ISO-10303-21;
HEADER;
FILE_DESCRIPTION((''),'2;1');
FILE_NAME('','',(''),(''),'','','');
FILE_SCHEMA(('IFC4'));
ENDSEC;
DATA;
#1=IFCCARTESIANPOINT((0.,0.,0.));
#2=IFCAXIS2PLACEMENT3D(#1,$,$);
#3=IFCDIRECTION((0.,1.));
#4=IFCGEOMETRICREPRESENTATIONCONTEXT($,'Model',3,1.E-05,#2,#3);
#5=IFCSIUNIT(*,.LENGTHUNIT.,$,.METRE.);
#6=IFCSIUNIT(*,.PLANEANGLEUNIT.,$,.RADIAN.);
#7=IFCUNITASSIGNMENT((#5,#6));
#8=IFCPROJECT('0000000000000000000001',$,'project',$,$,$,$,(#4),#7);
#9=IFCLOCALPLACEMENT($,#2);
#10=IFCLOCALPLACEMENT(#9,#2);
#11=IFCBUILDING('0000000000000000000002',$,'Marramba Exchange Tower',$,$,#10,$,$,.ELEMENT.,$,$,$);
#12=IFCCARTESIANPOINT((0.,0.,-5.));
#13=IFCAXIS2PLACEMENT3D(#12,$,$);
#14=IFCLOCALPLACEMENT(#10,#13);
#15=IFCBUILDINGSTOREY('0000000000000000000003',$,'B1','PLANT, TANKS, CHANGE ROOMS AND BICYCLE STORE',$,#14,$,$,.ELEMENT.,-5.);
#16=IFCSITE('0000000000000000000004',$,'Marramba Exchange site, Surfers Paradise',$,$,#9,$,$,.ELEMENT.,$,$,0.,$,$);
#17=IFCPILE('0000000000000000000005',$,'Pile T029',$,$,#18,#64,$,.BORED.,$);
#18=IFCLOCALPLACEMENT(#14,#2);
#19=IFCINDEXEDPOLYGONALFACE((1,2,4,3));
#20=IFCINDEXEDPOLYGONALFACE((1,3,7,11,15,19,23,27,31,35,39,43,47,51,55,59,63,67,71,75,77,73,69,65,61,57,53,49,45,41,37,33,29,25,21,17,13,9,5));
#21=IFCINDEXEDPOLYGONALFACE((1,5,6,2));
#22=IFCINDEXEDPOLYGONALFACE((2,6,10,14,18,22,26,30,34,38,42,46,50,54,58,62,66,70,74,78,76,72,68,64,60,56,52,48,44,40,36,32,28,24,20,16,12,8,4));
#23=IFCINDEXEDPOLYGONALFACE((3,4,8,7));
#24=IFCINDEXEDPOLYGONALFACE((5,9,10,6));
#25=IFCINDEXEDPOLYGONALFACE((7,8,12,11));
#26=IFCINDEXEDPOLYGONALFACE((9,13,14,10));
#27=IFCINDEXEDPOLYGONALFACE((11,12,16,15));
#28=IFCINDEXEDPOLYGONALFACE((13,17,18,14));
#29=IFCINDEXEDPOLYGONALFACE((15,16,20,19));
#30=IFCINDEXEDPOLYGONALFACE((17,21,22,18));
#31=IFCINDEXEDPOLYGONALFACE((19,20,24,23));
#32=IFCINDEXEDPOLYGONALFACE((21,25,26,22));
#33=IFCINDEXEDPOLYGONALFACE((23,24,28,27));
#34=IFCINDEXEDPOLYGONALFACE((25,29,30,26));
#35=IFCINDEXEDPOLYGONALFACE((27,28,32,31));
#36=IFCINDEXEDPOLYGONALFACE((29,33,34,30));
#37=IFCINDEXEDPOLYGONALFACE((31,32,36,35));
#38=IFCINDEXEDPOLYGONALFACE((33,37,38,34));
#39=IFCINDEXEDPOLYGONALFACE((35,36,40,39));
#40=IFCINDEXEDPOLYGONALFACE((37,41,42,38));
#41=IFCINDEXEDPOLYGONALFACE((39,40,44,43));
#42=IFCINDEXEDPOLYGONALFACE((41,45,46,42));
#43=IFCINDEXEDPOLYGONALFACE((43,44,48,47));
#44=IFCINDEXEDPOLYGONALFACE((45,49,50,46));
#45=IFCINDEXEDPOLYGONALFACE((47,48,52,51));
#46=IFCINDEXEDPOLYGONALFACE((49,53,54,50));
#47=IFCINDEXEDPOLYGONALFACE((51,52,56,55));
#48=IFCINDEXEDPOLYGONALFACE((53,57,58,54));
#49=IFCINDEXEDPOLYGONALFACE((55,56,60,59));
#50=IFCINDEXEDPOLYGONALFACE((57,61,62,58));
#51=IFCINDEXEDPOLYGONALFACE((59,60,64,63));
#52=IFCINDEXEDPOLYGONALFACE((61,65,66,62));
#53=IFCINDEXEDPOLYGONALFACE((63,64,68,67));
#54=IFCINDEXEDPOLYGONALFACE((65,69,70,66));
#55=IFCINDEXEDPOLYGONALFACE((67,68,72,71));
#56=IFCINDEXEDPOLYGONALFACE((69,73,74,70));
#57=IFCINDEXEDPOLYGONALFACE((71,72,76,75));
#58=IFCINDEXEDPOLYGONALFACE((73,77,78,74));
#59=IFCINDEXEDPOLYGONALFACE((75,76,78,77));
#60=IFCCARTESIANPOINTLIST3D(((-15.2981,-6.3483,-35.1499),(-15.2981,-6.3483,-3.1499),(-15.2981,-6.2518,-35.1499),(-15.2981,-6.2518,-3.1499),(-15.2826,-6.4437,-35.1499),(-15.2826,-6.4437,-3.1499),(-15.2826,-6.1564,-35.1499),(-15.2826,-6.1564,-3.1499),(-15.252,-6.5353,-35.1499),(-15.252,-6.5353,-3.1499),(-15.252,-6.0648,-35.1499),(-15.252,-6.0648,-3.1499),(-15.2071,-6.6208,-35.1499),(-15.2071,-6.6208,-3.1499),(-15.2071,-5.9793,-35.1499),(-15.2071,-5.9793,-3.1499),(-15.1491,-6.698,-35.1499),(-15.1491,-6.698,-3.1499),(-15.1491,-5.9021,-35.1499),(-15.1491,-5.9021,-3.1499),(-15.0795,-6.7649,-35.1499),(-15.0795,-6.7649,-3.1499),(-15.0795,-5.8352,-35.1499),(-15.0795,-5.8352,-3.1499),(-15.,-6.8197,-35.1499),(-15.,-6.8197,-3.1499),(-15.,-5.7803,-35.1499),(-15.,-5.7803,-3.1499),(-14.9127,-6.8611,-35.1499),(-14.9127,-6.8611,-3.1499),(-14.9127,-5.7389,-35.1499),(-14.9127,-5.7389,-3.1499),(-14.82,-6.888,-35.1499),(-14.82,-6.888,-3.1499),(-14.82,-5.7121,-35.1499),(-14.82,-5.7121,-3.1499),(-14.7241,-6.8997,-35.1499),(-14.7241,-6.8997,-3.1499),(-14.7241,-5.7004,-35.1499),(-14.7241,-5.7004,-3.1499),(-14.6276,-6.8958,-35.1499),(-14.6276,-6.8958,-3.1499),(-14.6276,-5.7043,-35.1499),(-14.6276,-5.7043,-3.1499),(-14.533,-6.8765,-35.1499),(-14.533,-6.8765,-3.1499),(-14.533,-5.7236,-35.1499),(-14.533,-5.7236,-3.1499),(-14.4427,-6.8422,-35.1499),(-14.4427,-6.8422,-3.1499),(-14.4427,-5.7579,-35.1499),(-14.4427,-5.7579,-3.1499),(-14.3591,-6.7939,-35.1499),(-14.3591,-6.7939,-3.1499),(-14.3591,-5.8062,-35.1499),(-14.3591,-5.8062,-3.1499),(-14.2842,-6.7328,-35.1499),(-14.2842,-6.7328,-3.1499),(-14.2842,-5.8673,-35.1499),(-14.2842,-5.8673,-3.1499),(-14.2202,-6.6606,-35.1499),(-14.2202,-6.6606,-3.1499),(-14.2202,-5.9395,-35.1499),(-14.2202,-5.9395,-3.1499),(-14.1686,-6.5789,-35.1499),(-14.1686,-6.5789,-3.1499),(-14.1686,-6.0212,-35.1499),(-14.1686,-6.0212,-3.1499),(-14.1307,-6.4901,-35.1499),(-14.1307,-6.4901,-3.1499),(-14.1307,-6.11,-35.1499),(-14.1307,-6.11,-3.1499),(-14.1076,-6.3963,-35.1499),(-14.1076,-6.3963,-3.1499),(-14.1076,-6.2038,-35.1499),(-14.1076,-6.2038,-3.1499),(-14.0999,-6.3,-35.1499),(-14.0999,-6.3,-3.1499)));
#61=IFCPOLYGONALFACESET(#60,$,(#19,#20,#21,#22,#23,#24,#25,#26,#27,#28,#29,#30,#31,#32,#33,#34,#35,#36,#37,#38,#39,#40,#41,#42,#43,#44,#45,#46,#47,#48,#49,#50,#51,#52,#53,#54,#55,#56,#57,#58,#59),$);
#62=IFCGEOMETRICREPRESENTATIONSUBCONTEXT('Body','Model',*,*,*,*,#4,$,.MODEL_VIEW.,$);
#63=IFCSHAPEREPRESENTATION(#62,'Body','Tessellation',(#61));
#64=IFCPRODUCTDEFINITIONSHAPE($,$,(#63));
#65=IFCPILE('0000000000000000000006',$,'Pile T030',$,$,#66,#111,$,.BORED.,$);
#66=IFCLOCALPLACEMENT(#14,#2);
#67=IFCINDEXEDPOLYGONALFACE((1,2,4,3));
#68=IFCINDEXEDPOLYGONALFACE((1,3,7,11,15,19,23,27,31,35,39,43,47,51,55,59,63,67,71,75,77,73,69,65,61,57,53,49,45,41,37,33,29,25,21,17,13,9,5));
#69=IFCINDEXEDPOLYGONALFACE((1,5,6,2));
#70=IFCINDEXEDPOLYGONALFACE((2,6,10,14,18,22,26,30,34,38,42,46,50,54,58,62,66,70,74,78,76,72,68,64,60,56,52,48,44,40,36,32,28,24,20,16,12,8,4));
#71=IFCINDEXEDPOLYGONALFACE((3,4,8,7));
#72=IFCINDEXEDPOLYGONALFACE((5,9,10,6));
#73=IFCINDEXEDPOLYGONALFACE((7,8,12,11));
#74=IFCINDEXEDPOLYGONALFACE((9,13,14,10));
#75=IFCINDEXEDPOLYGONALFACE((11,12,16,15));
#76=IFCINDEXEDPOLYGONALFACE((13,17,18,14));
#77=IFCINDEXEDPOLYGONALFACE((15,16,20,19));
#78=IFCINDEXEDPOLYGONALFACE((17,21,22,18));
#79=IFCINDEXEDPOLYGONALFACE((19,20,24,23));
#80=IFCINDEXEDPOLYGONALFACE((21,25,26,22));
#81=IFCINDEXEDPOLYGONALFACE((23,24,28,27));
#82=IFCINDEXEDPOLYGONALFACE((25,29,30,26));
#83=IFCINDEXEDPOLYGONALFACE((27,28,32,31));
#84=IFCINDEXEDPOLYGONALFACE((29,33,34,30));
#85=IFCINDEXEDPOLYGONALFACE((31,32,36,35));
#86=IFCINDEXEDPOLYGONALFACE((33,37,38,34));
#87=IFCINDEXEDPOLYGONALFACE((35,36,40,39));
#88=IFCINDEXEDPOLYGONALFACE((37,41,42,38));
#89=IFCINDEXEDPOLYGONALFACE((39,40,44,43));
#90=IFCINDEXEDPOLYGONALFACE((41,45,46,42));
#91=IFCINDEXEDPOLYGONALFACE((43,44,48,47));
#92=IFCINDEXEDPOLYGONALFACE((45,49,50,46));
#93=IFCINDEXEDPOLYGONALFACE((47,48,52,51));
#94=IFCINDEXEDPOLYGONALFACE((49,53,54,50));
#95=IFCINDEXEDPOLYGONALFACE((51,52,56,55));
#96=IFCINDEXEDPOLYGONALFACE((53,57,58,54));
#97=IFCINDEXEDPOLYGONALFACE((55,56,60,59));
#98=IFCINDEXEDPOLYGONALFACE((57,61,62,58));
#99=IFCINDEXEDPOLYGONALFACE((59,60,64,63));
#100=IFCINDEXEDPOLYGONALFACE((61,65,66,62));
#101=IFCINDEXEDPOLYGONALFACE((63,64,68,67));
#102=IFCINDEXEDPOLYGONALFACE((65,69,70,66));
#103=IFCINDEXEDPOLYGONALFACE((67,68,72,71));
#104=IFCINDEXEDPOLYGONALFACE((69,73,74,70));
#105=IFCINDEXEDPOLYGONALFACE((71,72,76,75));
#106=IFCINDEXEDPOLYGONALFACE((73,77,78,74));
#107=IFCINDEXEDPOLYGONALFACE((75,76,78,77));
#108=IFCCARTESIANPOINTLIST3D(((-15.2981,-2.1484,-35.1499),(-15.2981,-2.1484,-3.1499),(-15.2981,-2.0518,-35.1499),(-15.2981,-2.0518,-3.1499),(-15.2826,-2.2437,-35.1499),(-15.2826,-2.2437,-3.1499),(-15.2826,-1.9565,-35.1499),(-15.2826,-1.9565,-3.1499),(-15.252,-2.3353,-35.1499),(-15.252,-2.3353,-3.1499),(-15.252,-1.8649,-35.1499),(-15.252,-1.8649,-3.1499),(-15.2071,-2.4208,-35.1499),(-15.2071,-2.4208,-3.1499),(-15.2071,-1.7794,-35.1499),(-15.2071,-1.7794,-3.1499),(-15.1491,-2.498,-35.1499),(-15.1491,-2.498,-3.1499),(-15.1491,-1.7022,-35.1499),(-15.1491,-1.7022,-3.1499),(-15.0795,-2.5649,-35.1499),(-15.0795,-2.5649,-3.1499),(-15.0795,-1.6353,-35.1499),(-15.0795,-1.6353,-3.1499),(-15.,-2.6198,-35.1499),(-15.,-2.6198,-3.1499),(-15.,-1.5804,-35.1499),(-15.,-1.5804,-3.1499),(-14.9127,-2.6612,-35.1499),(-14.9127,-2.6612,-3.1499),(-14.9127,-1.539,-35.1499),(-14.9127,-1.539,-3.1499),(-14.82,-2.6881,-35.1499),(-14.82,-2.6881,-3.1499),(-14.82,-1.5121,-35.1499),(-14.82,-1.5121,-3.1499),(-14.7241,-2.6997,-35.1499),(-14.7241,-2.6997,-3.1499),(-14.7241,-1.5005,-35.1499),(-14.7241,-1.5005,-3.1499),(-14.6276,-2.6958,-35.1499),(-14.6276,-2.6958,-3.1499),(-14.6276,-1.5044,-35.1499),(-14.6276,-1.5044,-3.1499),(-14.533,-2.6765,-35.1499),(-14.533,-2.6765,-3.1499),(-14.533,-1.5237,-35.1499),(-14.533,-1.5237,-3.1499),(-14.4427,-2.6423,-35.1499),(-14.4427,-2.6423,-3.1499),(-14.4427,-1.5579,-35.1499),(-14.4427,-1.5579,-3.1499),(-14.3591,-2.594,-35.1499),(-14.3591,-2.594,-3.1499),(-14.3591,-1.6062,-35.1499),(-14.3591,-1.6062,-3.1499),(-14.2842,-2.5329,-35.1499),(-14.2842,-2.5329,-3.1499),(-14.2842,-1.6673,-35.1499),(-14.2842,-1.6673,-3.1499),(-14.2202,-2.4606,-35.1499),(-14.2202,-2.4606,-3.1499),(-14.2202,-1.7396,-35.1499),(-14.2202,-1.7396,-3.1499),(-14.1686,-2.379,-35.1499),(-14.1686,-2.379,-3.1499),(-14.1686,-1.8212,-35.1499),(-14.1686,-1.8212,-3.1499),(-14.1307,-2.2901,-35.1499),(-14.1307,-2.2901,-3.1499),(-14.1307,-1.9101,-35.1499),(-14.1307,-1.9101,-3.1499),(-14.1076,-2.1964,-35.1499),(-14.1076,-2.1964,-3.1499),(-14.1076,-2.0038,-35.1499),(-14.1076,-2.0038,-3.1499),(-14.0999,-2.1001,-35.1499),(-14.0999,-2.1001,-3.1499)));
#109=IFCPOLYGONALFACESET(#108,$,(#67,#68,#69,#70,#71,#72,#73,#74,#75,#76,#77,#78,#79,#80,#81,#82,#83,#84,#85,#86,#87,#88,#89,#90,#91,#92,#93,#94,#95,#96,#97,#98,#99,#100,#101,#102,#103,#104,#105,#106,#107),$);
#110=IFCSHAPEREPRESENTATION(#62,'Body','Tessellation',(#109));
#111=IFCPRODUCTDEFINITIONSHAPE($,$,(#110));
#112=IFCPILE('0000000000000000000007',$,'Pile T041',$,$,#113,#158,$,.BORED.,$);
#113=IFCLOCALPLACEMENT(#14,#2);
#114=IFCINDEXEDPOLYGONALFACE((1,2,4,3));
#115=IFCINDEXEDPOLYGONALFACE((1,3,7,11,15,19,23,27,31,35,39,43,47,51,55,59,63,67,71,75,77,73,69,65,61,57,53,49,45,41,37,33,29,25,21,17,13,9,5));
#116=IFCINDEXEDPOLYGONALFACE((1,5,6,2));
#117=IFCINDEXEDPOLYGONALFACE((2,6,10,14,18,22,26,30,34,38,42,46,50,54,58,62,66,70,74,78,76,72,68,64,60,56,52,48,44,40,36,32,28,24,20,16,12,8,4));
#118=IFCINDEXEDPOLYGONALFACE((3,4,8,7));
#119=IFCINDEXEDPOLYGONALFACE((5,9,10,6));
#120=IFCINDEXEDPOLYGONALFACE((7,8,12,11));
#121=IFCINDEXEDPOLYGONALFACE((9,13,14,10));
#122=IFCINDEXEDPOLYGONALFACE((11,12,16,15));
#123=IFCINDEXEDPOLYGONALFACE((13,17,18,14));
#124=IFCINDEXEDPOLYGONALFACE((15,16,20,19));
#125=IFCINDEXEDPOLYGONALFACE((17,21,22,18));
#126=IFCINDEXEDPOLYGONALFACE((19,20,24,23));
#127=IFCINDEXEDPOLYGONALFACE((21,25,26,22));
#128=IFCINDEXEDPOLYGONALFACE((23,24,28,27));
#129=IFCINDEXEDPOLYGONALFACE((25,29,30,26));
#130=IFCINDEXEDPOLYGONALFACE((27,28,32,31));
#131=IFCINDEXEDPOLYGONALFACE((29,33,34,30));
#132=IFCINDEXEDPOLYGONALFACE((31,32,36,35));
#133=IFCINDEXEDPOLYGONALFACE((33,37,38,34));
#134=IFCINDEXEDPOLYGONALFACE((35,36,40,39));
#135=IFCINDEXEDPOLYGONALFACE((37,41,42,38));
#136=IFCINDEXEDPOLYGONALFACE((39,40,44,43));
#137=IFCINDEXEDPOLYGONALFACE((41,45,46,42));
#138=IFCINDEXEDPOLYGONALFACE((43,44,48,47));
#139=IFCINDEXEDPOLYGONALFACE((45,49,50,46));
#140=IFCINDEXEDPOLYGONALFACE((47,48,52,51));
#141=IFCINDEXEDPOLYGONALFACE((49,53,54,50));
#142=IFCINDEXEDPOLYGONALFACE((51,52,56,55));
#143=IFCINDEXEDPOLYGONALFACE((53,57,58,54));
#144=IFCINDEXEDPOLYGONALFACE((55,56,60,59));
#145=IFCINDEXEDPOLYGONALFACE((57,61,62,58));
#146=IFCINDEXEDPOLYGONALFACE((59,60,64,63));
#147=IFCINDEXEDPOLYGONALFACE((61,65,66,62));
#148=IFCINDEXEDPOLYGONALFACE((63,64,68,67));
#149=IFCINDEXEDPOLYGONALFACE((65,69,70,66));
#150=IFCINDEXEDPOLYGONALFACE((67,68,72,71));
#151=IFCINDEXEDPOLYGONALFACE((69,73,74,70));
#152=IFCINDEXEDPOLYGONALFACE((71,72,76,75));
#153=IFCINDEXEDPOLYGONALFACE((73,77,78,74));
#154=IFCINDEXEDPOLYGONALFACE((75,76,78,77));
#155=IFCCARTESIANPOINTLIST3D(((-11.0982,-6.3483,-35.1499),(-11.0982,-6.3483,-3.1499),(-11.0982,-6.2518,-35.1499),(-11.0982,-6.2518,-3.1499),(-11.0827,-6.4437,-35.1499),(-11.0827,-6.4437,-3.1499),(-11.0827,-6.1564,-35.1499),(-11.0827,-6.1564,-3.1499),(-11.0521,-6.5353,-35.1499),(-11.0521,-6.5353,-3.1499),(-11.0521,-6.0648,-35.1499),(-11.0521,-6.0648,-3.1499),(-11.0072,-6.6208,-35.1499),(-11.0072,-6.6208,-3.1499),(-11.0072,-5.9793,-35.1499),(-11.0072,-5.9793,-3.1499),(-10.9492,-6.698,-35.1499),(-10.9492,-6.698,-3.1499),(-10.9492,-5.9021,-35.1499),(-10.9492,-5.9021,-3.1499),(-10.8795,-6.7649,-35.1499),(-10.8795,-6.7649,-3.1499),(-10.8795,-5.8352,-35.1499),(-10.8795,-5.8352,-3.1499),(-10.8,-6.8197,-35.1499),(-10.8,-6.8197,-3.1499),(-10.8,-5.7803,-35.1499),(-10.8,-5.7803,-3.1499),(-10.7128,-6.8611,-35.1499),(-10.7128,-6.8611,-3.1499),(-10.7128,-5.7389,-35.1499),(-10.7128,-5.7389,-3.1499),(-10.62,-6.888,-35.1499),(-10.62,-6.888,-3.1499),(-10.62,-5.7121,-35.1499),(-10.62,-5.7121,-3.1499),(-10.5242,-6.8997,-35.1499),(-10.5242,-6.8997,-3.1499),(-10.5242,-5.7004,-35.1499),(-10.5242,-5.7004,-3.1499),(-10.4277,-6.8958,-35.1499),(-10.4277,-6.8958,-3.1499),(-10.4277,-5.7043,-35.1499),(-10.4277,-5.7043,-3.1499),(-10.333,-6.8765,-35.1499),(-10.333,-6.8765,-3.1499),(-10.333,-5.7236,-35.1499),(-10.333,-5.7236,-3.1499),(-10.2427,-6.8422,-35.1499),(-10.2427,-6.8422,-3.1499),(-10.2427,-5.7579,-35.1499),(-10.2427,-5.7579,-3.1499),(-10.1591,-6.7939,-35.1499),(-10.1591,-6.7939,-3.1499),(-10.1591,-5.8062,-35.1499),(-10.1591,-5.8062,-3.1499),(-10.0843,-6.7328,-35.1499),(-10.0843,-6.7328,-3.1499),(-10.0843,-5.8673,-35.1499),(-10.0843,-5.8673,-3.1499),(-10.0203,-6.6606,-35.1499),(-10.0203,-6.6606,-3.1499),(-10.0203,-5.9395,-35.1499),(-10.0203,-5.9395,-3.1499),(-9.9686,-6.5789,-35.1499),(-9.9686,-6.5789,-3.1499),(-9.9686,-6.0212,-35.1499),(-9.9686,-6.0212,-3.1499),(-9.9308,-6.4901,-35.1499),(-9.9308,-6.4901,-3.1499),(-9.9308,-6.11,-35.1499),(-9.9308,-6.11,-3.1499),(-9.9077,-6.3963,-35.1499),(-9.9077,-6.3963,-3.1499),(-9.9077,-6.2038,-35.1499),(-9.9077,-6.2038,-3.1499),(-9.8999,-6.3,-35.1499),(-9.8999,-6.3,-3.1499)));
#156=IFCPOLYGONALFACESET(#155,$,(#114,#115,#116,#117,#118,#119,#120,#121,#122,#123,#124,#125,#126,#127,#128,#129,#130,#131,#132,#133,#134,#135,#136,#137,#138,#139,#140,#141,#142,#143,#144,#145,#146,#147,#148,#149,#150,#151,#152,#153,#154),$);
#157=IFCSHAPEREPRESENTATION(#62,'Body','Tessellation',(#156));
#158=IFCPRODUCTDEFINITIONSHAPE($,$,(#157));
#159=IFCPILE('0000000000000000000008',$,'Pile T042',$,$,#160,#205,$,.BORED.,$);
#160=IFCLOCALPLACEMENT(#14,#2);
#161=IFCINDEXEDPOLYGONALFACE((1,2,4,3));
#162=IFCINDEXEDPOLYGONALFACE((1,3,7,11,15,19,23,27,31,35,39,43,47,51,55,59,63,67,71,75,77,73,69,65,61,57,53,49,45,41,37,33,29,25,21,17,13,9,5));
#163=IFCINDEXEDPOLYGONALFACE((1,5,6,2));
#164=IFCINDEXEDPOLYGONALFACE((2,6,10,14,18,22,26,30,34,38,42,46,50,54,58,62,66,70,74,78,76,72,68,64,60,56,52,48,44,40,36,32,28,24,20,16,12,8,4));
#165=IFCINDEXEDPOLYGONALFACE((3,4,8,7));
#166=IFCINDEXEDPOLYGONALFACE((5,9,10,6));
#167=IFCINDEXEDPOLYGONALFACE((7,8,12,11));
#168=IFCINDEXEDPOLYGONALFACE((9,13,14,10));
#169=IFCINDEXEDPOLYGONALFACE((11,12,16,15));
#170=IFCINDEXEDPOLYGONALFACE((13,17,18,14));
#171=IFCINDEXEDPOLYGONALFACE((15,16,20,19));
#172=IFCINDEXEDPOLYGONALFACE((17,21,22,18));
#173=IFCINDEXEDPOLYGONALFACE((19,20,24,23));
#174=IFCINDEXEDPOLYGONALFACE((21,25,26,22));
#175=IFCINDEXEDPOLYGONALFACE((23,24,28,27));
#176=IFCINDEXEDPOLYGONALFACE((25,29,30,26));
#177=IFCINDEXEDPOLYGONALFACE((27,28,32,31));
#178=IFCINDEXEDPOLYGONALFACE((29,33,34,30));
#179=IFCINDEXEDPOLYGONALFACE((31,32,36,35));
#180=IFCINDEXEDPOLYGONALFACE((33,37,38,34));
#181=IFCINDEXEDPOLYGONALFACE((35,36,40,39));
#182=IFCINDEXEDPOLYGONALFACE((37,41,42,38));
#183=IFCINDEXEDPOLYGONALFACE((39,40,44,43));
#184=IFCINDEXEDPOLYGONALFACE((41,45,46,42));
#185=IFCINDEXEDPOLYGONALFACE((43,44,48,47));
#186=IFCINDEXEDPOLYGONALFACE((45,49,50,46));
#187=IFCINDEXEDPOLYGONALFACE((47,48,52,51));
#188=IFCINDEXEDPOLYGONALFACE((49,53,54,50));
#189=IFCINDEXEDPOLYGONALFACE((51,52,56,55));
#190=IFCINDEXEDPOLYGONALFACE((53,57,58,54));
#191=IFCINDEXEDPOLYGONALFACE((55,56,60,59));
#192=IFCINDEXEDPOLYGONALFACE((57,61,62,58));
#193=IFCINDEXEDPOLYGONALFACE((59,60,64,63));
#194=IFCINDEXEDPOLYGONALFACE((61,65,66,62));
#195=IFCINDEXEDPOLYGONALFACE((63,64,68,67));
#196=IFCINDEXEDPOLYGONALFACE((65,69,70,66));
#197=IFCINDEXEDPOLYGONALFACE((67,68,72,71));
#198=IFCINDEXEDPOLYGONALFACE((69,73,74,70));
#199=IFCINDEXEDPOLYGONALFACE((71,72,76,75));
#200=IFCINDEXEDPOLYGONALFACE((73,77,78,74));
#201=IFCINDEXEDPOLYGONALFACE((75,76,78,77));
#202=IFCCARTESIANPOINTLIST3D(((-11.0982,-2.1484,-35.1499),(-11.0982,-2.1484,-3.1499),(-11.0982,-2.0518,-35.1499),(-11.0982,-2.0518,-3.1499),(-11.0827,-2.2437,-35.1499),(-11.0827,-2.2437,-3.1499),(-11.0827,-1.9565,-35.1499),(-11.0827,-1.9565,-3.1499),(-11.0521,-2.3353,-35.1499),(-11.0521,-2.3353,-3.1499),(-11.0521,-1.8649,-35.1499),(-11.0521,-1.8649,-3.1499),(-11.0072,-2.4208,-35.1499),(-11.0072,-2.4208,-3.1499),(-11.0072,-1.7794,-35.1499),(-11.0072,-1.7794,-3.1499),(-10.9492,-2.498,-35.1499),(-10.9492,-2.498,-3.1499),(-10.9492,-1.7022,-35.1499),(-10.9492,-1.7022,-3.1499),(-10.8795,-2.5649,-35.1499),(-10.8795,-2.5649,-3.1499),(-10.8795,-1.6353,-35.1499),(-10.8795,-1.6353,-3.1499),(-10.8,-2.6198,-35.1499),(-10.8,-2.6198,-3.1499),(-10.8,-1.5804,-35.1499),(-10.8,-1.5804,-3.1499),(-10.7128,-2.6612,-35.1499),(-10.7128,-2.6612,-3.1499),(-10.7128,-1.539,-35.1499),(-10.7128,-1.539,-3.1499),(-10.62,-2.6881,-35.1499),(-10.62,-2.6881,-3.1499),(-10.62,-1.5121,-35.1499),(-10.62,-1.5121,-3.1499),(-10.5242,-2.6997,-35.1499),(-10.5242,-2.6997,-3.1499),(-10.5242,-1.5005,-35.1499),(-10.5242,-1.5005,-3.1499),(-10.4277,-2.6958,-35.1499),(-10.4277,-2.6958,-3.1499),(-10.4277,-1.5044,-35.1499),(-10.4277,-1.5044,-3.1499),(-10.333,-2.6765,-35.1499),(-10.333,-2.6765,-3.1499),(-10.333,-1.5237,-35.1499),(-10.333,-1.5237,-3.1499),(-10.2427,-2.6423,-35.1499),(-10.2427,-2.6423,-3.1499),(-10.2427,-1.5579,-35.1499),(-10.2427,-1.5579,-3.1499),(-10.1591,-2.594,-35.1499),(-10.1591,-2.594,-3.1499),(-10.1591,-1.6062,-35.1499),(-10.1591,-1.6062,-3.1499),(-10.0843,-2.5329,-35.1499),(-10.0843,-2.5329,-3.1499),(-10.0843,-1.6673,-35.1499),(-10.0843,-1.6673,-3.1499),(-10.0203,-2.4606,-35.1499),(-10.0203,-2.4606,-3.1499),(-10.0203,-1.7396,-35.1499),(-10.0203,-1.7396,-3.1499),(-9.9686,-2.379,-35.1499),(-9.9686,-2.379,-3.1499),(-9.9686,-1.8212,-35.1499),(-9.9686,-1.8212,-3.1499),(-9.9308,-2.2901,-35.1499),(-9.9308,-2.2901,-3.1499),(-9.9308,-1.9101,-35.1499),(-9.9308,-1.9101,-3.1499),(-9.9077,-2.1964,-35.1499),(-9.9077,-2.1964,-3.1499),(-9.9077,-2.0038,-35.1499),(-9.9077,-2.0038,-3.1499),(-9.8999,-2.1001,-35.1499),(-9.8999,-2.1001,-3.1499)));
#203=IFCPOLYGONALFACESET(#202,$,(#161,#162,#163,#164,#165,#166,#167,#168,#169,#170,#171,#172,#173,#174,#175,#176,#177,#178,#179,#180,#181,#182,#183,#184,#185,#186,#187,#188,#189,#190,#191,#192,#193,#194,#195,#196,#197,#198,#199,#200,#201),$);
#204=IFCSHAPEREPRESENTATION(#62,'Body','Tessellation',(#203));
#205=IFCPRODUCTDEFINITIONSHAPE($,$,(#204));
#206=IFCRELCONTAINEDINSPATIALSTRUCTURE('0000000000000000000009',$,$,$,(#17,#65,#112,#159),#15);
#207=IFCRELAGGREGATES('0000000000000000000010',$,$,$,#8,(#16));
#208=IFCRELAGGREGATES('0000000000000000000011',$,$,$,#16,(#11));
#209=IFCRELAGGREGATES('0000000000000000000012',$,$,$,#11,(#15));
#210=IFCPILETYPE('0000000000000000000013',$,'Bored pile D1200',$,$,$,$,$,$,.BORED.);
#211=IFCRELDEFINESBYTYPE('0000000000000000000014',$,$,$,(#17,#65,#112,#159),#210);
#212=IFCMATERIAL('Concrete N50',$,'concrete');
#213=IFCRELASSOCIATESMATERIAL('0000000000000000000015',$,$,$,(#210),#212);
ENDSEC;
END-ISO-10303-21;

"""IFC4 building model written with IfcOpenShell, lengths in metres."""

from ifc_helpers import new_model, si_unit, direction, frame, origin, origin_2d, place, context, subcontext, project, spatial, circle, extrude, material, material_profile, profile_set, type_object, element, save


model = new_model("IFC4")

# Units and contexts
model_context = context("Model", 3, precision=1e-05, world=origin(), true_north=direction((0.0, 1.0)))
body_context = subcontext(model_context, "Body", "Model", "MODEL_VIEW")
ifc_project = project(units=[si_unit("LENGTHUNIT", "METRE"), si_unit("PLANEANGLEUNIT", "RADIAN")], contexts=[model_context])

# Site, building, storey
site_placement = place(None, origin())
site = spatial("IfcSite", under=ifc_project, at=site_placement, Name="Marramba Exchange site, Surfers Paradise", CompositionType="ELEMENT", RefElevation=0.0)
building_placement = place(site_placement, origin())
building = spatial("IfcBuilding", under=site, at=building_placement, Name="Marramba Exchange Tower", CompositionType="ELEMENT")
storey_placement = place(building_placement, frame((0.0, 0.0, -5.0)))
storey = spatial("IfcBuildingStorey", under=building, at=storey_placement, Name="B1", Description="PLANT, TANKS, CHANGE ROOMS AND BICYCLE STORE", CompositionType="ELEMENT", Elevation=-5.0)

# Piles
ifc_material_1 = material(Name="Concrete N50", Category="concrete")
ifc_material_profile = material_profile(ifc_material_1, circle(Radius=0.6001, at=origin_2d()), Name="BP D1200")
ifc_profile_set = profile_set([ifc_material_profile], Name="Concrete N50")
pile_type = type_object("IfcPileType", Name="Bored pile D1200", PredefinedType="BORED", material=ifc_profile_set)
for number, where, z_axis, x_axis, name in (
    (1, (-14.7, -6.3, -3.1499), (0.0, 0.0, -1.0), (1.0, 0.0, 0.0), "Pile T029"),
    (2, (-14.7, -2.1001, -3.1499), (0.0, 0.0, -1.0), (1.0, 0.0, 0.0), "Pile T030"),
    (3, (-10.5, -6.3, -3.1499), (0.0, 0.0, -1.0), (1.0, 0.0, 0.0), "Pile T041"),
    (4, (-10.5, -2.1001, -3.1499), (0.0, 0.0, -1.0), (1.0, 0.0, 0.0), "Pile T042"),
):
    element("IfcPile", number, at=place(storey_placement, frame(where, z_axis=z_axis, x_axis=x_axis)), inside=storey, type_object=pile_type, Name=name, PredefinedType="BORED", context=body_context, shape_type="SweptSolid", body=[
        extrude(circle(Radius=0.6001, at=origin_2d()), origin(), (0.0, 0.0, 1.0), 32.0),
    ])

save(model, "model.ifc")
